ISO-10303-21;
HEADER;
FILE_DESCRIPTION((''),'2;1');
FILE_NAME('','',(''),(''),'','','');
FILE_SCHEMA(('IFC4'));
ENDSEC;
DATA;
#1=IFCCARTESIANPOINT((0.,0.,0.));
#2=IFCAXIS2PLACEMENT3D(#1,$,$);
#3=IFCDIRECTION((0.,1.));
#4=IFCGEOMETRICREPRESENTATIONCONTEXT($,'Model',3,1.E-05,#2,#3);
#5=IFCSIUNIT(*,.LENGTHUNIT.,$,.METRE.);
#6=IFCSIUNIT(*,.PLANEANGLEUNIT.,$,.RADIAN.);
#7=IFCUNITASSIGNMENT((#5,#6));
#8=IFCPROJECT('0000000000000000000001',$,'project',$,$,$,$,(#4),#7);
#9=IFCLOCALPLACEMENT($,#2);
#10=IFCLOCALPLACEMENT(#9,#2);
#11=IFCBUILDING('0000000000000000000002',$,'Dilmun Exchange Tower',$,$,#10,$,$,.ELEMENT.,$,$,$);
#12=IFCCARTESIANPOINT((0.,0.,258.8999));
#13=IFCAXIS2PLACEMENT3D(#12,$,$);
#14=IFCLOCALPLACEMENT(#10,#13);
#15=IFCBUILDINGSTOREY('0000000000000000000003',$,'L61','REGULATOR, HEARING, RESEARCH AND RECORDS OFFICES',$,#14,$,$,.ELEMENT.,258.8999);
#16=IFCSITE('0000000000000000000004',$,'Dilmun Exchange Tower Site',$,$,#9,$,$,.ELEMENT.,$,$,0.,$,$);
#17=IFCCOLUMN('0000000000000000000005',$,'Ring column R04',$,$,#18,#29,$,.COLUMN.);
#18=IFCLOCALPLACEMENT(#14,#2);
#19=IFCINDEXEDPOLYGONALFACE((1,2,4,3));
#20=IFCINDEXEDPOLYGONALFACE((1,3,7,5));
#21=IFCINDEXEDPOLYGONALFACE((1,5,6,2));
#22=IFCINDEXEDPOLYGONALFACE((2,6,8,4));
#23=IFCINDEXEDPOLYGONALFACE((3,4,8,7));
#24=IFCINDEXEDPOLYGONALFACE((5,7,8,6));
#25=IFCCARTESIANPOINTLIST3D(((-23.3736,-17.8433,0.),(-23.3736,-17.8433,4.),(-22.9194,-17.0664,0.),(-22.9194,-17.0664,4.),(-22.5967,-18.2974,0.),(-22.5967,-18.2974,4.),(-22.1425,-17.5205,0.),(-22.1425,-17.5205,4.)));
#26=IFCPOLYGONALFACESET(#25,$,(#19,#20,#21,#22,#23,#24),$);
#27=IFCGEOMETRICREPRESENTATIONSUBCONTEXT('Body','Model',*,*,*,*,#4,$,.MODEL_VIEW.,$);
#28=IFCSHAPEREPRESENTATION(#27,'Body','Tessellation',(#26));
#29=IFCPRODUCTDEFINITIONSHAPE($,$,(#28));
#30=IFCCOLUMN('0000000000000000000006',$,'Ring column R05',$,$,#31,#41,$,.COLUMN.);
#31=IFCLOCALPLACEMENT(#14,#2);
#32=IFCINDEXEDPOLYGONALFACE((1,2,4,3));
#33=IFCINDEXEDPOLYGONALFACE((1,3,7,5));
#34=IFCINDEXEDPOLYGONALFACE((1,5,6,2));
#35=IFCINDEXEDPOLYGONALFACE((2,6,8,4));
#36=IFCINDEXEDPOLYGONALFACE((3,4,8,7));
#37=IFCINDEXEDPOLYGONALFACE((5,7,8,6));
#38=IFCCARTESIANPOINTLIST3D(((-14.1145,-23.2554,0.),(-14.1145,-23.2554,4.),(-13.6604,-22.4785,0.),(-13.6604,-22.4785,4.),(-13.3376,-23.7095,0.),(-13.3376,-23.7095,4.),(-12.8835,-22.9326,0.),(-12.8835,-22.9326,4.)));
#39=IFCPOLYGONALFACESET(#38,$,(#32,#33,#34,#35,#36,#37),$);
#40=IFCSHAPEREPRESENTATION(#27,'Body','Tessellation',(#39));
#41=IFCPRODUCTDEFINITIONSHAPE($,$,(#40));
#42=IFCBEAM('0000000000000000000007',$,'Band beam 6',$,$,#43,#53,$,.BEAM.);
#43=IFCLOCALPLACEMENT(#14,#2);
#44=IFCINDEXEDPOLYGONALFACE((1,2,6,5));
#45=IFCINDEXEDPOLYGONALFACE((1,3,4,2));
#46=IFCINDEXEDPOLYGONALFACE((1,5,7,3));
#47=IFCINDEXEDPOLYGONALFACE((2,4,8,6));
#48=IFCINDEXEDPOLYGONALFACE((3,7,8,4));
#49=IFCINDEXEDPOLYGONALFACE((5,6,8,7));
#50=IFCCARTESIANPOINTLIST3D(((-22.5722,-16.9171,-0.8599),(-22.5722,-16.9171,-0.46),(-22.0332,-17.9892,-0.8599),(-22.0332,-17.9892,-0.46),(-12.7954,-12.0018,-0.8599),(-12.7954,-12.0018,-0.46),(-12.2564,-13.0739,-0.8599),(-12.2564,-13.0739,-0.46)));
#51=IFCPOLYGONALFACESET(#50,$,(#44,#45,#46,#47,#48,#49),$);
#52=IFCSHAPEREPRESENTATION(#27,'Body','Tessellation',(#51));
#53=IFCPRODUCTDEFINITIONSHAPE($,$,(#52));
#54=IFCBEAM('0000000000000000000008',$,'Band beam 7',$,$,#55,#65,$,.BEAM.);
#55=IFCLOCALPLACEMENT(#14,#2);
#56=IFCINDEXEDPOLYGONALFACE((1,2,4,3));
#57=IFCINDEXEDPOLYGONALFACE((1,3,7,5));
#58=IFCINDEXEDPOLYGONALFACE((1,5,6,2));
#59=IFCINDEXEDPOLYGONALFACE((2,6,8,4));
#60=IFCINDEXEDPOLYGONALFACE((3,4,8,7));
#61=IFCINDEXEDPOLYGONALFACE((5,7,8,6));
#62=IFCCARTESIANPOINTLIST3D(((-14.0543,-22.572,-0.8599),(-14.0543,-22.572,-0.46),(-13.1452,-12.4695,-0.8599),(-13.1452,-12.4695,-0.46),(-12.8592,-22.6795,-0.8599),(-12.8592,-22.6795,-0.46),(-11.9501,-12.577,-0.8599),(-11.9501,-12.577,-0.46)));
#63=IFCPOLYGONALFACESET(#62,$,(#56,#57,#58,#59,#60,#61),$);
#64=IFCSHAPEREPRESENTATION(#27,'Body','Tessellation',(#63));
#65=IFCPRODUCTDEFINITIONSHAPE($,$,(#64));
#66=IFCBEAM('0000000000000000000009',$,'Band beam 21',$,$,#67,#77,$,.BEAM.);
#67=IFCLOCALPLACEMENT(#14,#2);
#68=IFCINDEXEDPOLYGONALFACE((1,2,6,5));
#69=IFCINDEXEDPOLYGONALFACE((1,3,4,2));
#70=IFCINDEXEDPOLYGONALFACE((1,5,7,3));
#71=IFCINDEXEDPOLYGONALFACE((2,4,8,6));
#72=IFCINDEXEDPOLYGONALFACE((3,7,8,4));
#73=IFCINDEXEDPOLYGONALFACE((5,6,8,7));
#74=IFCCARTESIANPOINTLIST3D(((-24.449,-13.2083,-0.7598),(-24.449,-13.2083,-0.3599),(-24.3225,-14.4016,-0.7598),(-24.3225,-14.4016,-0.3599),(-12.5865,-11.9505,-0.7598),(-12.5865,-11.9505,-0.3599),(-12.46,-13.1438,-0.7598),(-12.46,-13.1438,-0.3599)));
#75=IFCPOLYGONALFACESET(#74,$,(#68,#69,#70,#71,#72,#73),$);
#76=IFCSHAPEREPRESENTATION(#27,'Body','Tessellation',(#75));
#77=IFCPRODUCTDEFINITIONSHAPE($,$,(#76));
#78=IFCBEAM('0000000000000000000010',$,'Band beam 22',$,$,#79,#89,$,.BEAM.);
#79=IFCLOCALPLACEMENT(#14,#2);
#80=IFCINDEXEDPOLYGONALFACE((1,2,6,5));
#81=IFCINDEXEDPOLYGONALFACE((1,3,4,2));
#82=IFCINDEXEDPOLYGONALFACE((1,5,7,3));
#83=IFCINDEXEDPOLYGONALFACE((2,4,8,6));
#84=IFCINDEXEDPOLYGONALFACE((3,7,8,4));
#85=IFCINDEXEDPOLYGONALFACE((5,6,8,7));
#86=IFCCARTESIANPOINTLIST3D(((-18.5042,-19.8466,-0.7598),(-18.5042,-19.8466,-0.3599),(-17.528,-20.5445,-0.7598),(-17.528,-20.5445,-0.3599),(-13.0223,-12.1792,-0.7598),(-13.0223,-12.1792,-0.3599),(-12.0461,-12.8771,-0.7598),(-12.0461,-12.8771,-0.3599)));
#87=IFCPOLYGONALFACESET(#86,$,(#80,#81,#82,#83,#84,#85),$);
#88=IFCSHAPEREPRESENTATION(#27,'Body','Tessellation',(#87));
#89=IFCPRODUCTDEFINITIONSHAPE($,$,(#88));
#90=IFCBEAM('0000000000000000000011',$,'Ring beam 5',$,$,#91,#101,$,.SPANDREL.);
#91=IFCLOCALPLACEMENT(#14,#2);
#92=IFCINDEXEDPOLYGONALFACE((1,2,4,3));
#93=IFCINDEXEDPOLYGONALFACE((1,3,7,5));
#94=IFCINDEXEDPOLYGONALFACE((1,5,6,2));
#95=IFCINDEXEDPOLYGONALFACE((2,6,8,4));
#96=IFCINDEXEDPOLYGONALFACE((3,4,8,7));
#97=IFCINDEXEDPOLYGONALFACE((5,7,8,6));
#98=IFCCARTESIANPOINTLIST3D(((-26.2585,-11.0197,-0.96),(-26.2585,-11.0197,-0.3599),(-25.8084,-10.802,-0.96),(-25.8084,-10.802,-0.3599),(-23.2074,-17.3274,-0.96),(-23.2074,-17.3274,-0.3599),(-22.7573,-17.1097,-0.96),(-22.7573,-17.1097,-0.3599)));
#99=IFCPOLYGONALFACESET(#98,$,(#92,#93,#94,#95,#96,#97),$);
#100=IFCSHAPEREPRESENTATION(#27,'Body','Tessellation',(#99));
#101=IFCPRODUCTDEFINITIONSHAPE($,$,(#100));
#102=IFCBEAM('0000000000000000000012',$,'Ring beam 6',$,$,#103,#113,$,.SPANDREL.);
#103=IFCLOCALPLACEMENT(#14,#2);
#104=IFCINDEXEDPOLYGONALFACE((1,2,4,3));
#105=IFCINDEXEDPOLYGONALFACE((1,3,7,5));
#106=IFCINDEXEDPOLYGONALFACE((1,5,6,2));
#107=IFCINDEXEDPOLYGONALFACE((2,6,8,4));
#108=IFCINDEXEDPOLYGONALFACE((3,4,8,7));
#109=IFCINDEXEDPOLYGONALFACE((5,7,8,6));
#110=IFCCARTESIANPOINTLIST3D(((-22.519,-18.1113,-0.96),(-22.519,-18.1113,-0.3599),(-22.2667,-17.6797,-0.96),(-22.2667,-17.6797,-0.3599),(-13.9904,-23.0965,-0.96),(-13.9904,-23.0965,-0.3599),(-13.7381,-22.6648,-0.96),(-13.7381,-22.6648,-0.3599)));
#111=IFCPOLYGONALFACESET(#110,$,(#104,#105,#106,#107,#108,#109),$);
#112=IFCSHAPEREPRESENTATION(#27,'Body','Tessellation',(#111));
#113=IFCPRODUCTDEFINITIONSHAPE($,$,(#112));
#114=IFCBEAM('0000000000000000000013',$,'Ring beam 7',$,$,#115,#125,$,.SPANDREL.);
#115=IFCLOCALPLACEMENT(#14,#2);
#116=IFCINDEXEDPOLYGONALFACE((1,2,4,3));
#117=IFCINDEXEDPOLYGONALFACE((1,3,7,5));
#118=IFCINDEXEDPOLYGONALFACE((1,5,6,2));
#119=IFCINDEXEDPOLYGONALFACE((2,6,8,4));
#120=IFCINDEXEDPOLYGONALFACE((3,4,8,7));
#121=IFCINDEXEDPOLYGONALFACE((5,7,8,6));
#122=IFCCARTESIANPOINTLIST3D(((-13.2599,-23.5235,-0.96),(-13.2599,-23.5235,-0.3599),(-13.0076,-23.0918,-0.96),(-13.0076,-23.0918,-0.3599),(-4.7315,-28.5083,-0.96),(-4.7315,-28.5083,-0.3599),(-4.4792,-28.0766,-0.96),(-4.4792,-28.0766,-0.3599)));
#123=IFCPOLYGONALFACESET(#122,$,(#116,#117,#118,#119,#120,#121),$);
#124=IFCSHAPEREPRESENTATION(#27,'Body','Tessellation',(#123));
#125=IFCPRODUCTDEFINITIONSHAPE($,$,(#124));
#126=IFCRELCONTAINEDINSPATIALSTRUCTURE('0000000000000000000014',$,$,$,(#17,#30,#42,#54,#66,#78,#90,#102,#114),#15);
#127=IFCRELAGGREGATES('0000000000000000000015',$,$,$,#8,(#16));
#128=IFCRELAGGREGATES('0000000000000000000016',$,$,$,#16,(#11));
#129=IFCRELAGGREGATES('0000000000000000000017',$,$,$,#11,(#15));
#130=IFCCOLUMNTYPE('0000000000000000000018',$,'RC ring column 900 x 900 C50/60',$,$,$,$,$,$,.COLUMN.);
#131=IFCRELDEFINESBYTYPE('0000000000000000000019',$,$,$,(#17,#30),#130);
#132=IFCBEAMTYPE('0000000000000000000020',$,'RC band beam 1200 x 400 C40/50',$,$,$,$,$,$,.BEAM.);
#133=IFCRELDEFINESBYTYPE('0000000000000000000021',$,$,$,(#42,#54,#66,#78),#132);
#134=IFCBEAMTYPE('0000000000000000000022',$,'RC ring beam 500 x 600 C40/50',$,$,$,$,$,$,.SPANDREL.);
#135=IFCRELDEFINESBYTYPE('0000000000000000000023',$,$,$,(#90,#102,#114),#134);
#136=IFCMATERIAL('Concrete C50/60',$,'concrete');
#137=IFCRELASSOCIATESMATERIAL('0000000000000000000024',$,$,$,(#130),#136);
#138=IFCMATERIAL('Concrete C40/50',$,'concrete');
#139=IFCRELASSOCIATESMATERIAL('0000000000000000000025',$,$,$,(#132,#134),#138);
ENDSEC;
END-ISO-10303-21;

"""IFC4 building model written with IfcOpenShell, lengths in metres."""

from ifc_helpers import new_model, si_unit, direction, frame, origin, origin_2d, place, context, subcontext, project, spatial, rectangle, extrude, material, material_profile, profile_set, type_object, element, save


model = new_model("IFC4")

# Units and contexts
model_context = context("Model", 3, precision=1e-05, world=origin(), true_north=direction((0.0, 1.0)))
body_context = subcontext(model_context, "Body", "Model", "MODEL_VIEW")
ifc_project = project(units=[si_unit("LENGTHUNIT", "METRE"), si_unit("PLANEANGLEUNIT", "RADIAN")], contexts=[model_context])

# Site, building, storey
site_placement = place(None, origin())
site = spatial("IfcSite", under=ifc_project, at=site_placement, Name="Dilmun Exchange Tower Site", CompositionType="ELEMENT", RefElevation=0.0)
building_placement = place(site_placement, origin())
building = spatial("IfcBuilding", under=site, at=building_placement, Name="Dilmun Exchange Tower", CompositionType="ELEMENT")
storey_placement = place(building_placement, frame((0.0, 0.0, 258.8999)))
storey = spatial("IfcBuildingStorey", under=building, at=storey_placement, Name="L61", Description="REGULATOR, HEARING, RESEARCH AND RECORDS OFFICES", CompositionType="ELEMENT", Elevation=258.8999)

# Columns
ifc_material_1 = material(Name="Concrete C50/60", Category="concrete")
ifc_material_profile_1 = material_profile(ifc_material_1, rectangle(XDim=0.8999, YDim=0.8999, at=origin_2d()), Name="900 x 900")
ifc_profile_set_1 = profile_set([ifc_material_profile_1], Name="Concrete C50/60")
column_type = type_object("IfcColumnType", Name="RC ring column 900 x 900 C50/60", PredefinedType="COLUMN", material=ifc_profile_set_1)
for number, where, z_axis, x_axis, name in (
    (1, (-22.7581, -17.6819, 0.0), (0.0, 0.0, 1.0), (0.504644, 0.863328, 0.0), "Ring column R04"),
    (2, (-13.499, -23.094, 0.0), (0.0, 0.0, 1.0), (0.504644, 0.863328, 0.0), "Ring column R05"),
):
    element("IfcColumn", number, at=place(storey_placement, frame(where, z_axis=z_axis, x_axis=x_axis)), inside=storey, type_object=column_type, Name=name, PredefinedType="COLUMN", context=body_context, shape_type="SweptSolid", body=[
        extrude(rectangle(XDim=0.8999, YDim=0.8999, at=origin_2d()), origin(), (0.0, 0.0, 1.0), 4.0),
    ])

# Beams
ifc_material_2 = material(Name="Concrete C40/50", Category="concrete")
ifc_material_profile_2 = material_profile(ifc_material_2, rectangle(XDim=1.2, YDim=0.3999, at=origin_2d()), Name="1200 x 400")
ifc_profile_set_2 = profile_set([ifc_material_profile_2], Name="Concrete C40/50")
beam_type_1 = type_object("IfcBeamType", Name="RC band beam 1200 x 400 C40/50", PredefinedType="BEAM", material=ifc_profile_set_2)
beam_1_placement = place(storey_placement, frame((-22.3027, -17.4531, -0.6599), z_axis=(0.893443, 0.449176, 0.0), x_axis=(-0.449176, 0.893443, 0.0)))
element("IfcBeam", 3, at=beam_1_placement, inside=storey, type_object=beam_type_1, Name="Band beam 6", PredefinedType="BEAM", context=body_context, shape_type="SweptSolid", body=[
    extrude(rectangle(XDim=1.2, YDim=0.3999, at=origin_2d()), origin(), (0.0, 0.0, 1.0), 10.9429),
])
beam_2_placement = place(storey_placement, frame((-13.4568, -22.6257, -0.6599), z_axis=(0.089633, 0.995975, 0.0), x_axis=(-0.995975, 0.089633, 0.0)))
element("IfcBeam", 4, at=beam_2_placement, inside=storey, type_object=beam_type_1, Name="Band beam 7", PredefinedType="BEAM", context=body_context, shape_type="SweptSolid", body=[
    extrude(rectangle(XDim=1.2, YDim=0.3999, at=origin_2d()), origin(), (0.0, 0.0, 1.0), 10.1433),
])
beam_3_placement = place(storey_placement, frame((-24.3857, -13.8049, -0.5598), z_axis=(0.994426, 0.105441, 0.0), x_axis=(-0.105441, 0.994426, 0.0)))
element("IfcBeam", 5, at=beam_3_placement, inside=storey, type_object=beam_type_1, Name="Band beam 21", PredefinedType="BEAM", context=body_context, shape_type="SweptSolid", body=[
    extrude(rectangle(XDim=1.2, YDim=0.3999, at=origin_2d()), origin(), (0.0, 0.0, 1.0), 11.929),
])
beam_4_placement = place(storey_placement, frame((-18.0161, -20.1956, -0.5598), z_axis=(0.581601, 0.813474, 0.0), x_axis=(-0.813474, 0.581601, 0.0)))
element("IfcBeam", 6, at=beam_4_placement, inside=storey, type_object=beam_type_1, Name="Band beam 22", PredefinedType="BEAM", context=body_context, shape_type="SweptSolid", body=[
    extrude(rectangle(XDim=1.2, YDim=0.3999, at=origin_2d()), origin(), (0.0, 0.0, 1.0), 9.4255),
])
ifc_material_profile_3 = material_profile(ifc_material_2, rectangle(XDim=0.5, YDim=0.6001, at=origin_2d()), Name="500 x 600")
ifc_profile_set_3 = profile_set([ifc_material_profile_3], Name="Concrete C40/50")
beam_type_2 = type_object("IfcBeamType", Name="RC ring beam 500 x 600 C40/50", PredefinedType="SPANDREL", material=ifc_profile_set_3)
beam_5_placement = place(storey_placement, frame((-26.0334, -10.9109, -0.6599), z_axis=(0.43544, -0.900218, 0.0), x_axis=(0.900218, 0.43544, 0.0)))
element("IfcBeam", 7, at=beam_5_placement, inside=storey, type_object=beam_type_2, Name="Ring beam 5", PredefinedType="SPANDREL", context=body_context, shape_type="SweptSolid", body=[
    extrude(rectangle(XDim=0.5, YDim=0.6001, at=origin_2d()), origin(), (0.0, 0.0, 1.0), 7.0068),
])
beam_6_placement = place(storey_placement, frame((-22.3928, -17.8955, -0.6599), z_axis=(0.863333, -0.504635, 0.0), x_axis=(0.504635, 0.863333, 0.0)))
element("IfcBeam", 8, at=beam_6_placement, inside=storey, type_object=beam_type_2, Name="Ring beam 6", PredefinedType="SPANDREL", context=body_context, shape_type="SweptSolid", body=[
    extrude(rectangle(XDim=0.5, YDim=0.6001, at=origin_2d()), origin(), (0.0, 0.0, 1.0), 9.8787),
])
beam_7_placement = place(storey_placement, frame((-13.1338, -23.3076, -0.6599), z_axis=(0.863344, -0.504616, 0.0), x_axis=(0.504616, 0.863344, 0.0)))
element("IfcBeam", 9, at=beam_7_placement, inside=storey, type_object=beam_type_2, Name="Ring beam 7", PredefinedType="SPANDREL", context=body_context, shape_type="SweptSolid", body=[
    extrude(rectangle(XDim=0.5, YDim=0.6001, at=origin_2d()), origin(), (0.0, 0.0, 1.0), 9.8784),
])

save(model, "model.ifc")
